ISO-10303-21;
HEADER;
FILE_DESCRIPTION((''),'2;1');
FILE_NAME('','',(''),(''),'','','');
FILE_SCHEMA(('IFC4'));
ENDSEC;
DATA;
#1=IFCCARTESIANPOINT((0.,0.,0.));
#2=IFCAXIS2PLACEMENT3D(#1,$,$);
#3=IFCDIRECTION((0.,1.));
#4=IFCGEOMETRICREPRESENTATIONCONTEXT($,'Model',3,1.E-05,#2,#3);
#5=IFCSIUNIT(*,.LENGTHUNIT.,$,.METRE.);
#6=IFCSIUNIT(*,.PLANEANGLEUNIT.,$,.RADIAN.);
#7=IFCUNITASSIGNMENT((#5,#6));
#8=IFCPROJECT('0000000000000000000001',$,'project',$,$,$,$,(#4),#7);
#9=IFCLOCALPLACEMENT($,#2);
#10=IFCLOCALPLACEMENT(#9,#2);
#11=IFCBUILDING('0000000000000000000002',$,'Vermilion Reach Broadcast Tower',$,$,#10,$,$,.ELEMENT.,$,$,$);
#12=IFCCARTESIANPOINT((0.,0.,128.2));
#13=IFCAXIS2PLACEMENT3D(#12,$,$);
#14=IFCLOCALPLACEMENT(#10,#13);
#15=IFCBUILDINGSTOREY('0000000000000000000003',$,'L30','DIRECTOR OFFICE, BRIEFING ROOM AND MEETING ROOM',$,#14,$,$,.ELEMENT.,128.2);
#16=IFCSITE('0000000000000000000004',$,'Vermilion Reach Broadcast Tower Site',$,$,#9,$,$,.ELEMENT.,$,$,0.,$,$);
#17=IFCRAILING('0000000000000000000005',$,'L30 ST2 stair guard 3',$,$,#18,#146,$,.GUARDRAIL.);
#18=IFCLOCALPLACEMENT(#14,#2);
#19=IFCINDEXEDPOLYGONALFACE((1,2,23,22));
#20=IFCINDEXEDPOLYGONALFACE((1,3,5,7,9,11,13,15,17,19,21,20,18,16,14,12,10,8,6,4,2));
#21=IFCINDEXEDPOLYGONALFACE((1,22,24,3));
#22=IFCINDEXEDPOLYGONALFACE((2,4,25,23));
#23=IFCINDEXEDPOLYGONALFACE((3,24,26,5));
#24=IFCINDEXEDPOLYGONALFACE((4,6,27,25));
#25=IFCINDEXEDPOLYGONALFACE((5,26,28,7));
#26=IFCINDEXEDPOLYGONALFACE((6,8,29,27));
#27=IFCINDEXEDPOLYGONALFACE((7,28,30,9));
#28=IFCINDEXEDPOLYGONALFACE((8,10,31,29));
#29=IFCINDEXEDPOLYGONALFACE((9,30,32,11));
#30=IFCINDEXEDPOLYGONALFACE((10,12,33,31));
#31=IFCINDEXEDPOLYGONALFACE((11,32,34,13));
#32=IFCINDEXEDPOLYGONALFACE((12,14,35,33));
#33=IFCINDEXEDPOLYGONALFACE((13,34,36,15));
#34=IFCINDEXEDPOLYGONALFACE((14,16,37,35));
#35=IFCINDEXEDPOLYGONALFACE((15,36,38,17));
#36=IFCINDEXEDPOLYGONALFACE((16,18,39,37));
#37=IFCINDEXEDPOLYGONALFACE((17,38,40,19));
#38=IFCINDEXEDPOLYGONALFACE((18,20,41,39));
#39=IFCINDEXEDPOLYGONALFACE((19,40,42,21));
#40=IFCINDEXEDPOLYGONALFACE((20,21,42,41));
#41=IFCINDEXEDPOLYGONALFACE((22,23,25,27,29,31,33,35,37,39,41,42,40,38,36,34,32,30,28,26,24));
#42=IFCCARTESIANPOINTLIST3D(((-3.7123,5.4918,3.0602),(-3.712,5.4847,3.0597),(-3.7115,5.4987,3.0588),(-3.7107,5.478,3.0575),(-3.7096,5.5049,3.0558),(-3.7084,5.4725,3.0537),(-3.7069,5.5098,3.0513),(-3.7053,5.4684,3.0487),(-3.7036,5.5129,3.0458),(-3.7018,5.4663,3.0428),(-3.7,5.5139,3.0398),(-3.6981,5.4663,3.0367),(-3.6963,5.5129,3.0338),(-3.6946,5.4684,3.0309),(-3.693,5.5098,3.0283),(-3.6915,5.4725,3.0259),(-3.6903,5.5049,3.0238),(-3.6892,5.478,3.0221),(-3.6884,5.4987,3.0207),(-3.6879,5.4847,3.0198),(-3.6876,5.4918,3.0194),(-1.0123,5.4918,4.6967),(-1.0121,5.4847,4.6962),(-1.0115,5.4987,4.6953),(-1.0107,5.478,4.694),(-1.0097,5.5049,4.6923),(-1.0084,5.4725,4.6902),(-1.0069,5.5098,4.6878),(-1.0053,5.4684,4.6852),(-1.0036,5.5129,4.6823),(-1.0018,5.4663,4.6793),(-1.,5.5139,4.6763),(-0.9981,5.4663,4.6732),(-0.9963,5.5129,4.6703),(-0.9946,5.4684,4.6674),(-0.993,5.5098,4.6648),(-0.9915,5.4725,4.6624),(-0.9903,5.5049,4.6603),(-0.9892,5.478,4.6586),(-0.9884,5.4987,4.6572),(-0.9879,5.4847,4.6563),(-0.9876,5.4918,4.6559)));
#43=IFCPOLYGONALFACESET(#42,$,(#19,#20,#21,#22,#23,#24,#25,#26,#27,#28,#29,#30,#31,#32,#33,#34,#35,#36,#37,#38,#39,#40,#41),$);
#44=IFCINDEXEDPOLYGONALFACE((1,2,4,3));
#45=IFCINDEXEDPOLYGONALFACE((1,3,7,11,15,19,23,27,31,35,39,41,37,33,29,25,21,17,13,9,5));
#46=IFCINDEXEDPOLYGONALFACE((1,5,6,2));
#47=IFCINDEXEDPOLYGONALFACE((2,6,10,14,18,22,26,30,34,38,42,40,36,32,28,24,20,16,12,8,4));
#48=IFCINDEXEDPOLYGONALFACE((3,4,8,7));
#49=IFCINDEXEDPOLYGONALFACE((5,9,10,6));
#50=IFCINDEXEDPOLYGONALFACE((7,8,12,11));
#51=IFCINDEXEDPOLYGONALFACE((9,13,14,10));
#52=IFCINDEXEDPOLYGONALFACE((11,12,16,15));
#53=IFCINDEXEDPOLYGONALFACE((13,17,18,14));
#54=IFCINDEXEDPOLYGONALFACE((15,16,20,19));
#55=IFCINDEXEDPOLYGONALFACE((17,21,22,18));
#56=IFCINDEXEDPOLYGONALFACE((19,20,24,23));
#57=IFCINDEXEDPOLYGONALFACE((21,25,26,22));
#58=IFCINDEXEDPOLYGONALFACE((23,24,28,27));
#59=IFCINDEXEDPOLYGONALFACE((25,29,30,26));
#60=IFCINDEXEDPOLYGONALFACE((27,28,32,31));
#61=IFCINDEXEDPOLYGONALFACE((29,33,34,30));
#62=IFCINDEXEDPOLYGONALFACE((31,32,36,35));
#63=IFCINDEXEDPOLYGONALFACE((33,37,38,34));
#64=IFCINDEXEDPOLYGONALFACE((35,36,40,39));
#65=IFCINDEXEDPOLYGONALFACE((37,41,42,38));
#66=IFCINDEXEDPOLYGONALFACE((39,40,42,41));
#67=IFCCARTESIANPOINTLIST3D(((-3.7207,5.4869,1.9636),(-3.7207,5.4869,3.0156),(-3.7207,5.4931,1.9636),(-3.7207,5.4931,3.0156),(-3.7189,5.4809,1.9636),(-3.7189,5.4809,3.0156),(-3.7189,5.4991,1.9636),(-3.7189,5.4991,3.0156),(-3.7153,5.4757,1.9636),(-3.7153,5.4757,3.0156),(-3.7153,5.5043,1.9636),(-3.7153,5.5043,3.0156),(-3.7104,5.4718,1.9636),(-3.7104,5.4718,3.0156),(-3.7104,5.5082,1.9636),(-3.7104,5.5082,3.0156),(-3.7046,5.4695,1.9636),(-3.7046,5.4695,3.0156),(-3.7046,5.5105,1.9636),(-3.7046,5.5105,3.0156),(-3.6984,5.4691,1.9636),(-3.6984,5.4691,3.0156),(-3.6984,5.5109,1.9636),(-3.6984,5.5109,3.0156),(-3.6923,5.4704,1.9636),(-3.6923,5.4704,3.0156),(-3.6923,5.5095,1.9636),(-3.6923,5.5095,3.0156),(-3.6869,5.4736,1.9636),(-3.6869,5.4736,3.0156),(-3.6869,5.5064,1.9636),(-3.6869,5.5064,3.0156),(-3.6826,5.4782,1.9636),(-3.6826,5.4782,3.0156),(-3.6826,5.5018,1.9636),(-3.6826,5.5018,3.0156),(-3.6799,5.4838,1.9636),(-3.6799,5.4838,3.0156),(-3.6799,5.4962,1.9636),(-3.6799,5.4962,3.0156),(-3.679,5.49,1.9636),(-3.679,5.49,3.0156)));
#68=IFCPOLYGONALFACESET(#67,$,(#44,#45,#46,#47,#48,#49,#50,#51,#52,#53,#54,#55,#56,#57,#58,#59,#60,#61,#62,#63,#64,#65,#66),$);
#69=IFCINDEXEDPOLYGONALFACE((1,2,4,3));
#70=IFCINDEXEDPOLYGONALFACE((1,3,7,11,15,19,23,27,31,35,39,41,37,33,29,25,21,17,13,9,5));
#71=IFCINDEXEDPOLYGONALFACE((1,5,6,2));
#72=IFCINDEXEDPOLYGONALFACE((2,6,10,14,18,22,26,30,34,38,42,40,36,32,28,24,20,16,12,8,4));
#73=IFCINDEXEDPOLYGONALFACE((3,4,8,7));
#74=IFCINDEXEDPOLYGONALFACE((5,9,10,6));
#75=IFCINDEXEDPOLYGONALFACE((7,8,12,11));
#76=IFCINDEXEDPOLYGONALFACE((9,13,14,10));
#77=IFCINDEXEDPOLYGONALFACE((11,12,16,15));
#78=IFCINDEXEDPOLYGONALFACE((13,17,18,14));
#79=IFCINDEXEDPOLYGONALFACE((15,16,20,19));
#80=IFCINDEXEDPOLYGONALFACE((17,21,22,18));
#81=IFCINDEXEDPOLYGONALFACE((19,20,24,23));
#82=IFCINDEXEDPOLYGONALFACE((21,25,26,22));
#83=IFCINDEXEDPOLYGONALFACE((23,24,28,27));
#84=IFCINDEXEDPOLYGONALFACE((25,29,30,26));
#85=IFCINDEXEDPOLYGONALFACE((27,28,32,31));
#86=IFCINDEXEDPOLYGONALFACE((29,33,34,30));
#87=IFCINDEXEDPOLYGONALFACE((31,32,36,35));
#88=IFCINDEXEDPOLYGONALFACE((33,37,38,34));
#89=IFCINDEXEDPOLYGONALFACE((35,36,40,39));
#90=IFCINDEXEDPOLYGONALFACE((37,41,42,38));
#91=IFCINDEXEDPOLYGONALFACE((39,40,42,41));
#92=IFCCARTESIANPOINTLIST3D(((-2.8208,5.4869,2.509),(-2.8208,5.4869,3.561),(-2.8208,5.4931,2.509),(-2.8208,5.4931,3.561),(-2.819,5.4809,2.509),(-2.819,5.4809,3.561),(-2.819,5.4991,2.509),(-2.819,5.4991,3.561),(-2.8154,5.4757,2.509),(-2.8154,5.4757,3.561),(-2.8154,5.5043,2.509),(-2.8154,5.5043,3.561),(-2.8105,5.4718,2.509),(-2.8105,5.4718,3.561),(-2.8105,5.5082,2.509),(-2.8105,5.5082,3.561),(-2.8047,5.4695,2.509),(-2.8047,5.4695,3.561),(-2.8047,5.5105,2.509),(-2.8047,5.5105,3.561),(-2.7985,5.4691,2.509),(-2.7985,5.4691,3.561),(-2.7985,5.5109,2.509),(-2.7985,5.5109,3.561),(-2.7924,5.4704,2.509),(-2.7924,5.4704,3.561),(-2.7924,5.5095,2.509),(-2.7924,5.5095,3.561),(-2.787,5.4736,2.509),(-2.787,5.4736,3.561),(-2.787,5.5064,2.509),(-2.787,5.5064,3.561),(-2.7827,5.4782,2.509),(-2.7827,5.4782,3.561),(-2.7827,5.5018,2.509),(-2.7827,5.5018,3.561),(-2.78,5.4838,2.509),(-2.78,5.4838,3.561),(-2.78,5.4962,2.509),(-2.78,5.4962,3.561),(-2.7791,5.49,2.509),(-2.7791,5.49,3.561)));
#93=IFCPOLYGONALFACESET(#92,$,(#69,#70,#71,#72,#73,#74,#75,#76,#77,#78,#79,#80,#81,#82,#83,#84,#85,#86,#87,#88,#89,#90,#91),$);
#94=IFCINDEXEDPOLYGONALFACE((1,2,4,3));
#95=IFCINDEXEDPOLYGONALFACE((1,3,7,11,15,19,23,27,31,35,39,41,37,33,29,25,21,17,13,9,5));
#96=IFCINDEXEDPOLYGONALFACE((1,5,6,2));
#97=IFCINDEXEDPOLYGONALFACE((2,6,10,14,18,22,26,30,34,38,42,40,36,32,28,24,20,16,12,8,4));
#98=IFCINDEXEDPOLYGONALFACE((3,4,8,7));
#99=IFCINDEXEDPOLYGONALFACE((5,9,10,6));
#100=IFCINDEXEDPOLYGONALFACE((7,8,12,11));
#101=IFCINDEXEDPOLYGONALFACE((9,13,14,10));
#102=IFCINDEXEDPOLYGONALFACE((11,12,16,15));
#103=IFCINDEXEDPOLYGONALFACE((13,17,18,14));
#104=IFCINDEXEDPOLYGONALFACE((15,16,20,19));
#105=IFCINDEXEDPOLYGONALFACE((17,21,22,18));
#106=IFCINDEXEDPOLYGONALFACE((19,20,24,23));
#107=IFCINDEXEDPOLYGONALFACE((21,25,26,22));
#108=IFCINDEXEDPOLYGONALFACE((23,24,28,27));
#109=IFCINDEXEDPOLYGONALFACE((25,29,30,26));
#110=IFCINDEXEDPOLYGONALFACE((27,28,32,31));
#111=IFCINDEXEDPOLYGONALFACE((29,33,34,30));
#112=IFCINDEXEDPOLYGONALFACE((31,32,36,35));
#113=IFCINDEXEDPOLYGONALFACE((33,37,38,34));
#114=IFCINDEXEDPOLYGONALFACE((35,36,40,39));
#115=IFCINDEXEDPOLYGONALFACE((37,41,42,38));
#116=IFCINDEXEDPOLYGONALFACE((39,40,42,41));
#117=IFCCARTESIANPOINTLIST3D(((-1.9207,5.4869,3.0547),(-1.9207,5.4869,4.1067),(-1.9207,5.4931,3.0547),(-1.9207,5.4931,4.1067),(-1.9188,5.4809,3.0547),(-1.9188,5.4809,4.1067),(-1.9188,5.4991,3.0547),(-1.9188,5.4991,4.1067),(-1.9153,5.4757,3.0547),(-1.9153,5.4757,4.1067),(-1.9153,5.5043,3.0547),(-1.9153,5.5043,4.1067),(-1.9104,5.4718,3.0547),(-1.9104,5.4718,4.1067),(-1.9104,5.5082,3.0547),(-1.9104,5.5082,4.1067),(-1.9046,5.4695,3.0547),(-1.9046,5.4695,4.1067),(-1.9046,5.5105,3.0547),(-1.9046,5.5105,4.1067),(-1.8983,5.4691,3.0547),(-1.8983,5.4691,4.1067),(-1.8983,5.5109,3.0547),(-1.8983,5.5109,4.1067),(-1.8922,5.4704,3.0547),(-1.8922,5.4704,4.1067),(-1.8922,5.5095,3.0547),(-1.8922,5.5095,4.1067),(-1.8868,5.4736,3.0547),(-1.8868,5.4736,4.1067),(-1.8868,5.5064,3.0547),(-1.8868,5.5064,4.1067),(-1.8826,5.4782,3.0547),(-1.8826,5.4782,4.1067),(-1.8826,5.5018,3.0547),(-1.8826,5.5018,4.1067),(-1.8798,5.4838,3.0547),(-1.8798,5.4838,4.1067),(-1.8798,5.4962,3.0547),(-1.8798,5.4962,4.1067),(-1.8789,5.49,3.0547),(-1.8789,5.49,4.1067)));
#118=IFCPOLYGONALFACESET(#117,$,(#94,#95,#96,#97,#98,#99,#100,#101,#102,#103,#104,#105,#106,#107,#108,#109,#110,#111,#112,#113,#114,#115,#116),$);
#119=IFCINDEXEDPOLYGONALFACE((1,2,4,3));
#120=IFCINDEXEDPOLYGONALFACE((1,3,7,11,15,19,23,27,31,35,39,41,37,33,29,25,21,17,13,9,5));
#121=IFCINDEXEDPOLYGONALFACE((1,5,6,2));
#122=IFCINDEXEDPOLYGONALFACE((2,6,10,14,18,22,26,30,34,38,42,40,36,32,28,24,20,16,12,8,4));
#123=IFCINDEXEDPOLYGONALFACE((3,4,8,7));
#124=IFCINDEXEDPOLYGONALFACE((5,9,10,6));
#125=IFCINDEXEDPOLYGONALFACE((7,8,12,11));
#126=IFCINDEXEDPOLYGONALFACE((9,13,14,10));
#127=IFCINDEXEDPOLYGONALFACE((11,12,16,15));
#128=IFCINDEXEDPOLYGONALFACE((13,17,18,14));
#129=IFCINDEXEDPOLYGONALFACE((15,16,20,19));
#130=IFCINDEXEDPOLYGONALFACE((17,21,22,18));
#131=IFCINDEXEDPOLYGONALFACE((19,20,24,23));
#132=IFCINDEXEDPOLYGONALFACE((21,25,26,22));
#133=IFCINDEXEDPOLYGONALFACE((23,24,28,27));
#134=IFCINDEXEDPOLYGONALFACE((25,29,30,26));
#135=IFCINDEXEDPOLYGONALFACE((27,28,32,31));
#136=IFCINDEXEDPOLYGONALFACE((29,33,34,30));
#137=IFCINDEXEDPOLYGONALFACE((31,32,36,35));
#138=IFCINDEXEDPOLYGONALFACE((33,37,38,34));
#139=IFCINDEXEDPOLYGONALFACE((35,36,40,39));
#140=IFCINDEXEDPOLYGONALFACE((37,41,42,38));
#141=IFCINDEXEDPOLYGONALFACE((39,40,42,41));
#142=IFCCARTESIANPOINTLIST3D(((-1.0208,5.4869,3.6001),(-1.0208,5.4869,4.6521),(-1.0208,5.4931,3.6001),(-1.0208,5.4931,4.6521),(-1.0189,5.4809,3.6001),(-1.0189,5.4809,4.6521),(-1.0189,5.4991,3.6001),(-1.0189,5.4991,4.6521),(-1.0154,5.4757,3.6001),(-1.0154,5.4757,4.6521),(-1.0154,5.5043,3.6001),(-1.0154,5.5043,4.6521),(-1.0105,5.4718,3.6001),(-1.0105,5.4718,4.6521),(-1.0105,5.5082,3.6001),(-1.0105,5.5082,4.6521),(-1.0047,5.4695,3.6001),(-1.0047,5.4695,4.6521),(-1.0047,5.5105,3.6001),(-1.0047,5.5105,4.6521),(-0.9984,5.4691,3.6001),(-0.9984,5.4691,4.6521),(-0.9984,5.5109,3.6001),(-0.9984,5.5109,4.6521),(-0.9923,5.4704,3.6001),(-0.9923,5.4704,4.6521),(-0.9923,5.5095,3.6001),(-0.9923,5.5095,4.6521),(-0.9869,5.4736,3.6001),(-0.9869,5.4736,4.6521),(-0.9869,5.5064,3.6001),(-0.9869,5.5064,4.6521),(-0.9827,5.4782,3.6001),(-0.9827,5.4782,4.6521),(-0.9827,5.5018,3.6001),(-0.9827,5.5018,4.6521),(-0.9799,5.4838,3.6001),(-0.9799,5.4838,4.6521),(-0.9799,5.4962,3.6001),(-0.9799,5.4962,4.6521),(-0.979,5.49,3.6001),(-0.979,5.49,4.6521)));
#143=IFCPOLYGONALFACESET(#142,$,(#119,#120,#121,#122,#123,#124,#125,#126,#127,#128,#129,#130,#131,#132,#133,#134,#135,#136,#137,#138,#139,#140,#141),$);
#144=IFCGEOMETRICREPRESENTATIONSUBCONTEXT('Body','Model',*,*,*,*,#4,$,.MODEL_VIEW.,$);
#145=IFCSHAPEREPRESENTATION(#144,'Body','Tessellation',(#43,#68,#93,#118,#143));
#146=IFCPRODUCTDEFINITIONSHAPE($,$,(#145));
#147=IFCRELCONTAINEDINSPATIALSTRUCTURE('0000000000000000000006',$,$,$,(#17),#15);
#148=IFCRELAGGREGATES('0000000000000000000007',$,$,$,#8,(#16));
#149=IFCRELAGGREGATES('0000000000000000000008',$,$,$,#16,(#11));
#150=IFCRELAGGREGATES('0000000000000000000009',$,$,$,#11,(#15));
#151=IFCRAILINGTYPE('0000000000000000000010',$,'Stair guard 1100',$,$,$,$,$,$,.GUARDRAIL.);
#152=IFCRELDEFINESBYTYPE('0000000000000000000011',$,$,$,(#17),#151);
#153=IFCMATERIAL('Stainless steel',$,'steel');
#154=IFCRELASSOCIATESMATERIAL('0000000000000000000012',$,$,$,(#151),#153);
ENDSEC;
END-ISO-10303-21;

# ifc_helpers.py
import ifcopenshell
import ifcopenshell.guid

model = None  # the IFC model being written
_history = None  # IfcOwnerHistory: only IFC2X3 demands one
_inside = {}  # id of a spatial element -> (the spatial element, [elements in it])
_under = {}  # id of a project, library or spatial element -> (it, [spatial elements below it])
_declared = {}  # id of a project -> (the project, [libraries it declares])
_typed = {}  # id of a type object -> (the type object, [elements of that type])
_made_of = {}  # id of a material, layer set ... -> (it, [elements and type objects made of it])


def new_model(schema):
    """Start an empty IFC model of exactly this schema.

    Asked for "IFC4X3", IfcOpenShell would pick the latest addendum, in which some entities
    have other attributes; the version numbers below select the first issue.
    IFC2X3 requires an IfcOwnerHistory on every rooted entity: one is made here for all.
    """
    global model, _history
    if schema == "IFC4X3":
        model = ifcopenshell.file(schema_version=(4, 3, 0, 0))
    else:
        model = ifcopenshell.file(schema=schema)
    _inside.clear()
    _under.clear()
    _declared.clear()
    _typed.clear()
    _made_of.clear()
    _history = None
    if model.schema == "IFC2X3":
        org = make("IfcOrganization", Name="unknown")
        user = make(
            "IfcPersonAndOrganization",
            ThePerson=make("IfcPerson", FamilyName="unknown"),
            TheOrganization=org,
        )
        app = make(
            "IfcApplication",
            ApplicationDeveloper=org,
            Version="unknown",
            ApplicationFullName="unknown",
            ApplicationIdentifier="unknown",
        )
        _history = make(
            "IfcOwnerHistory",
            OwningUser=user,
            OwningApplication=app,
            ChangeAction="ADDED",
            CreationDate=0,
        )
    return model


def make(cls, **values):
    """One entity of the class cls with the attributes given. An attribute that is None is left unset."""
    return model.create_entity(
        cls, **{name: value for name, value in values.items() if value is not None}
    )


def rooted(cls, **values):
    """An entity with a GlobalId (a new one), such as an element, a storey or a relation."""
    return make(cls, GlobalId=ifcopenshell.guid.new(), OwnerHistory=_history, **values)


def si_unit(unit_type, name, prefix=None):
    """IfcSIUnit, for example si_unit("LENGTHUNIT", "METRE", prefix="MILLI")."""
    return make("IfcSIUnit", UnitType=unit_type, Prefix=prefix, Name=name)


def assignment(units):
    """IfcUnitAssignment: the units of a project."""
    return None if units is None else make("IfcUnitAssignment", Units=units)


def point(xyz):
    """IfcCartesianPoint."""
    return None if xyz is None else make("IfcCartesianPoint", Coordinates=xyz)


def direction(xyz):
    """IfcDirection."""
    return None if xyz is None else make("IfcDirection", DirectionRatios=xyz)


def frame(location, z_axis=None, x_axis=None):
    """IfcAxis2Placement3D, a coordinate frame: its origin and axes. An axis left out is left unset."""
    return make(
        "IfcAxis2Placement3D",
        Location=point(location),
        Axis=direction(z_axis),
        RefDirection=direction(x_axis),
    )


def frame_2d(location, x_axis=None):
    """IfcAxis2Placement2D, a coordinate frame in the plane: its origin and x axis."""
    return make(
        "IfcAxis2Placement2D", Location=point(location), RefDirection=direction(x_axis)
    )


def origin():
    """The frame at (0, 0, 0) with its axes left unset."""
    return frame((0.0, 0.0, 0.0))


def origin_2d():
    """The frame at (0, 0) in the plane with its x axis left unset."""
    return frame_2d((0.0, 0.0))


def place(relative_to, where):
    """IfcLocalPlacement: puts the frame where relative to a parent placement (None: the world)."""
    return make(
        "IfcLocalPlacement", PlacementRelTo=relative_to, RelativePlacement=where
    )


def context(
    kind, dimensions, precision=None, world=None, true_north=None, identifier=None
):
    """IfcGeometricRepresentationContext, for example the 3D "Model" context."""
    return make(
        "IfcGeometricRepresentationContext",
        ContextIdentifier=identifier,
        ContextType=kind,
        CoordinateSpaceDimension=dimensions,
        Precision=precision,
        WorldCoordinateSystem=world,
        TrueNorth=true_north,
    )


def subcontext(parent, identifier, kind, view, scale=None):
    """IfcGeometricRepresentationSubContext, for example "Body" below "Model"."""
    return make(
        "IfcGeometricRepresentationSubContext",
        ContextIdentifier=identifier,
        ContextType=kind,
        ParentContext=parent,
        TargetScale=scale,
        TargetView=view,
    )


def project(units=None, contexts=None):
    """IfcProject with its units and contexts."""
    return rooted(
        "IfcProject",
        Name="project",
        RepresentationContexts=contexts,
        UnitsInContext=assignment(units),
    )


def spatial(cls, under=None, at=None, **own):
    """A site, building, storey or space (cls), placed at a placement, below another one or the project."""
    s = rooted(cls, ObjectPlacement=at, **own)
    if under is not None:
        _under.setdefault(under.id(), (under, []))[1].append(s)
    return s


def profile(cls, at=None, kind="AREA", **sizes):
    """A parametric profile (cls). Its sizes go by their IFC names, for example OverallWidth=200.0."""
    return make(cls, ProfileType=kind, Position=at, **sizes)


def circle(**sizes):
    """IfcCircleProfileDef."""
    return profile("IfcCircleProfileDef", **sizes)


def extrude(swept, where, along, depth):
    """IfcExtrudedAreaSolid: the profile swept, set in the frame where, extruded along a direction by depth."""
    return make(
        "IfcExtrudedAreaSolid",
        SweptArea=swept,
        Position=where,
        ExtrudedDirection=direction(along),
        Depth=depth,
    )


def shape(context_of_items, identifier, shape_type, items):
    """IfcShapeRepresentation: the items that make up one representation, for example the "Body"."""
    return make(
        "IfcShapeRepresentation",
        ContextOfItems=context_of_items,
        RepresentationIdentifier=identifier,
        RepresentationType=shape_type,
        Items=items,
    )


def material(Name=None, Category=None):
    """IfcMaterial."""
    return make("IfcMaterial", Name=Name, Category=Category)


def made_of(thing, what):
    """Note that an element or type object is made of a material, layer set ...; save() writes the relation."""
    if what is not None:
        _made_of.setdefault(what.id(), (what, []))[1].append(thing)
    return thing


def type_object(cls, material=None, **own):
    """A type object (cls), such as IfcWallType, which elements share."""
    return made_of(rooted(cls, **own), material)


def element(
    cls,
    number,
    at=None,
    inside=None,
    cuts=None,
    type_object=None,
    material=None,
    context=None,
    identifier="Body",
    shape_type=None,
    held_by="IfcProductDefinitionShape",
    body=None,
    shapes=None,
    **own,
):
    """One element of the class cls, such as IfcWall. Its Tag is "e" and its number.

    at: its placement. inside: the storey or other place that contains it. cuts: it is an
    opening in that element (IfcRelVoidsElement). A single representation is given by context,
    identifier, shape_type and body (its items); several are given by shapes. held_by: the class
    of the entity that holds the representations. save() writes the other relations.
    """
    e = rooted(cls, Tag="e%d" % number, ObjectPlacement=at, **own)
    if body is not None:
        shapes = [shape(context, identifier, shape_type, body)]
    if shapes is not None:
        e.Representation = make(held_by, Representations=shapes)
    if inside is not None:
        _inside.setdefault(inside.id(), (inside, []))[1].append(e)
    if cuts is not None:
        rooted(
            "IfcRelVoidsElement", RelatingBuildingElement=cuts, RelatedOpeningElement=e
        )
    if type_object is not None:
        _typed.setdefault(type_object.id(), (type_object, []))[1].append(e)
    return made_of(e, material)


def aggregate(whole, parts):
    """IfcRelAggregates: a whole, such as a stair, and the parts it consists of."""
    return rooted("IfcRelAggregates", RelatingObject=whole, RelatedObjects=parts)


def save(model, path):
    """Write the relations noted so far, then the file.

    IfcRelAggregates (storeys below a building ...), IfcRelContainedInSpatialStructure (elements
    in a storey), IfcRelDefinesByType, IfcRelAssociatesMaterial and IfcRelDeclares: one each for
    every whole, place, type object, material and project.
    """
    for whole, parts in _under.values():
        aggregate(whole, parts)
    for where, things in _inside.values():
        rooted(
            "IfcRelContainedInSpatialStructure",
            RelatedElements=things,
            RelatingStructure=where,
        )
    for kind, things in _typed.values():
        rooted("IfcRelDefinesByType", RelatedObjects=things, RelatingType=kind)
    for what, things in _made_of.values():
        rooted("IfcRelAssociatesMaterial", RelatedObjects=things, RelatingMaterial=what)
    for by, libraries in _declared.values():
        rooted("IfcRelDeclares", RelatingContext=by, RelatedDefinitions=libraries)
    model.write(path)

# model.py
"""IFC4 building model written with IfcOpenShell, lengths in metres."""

from ifc_helpers import new_model, si_unit, direction, frame, origin, origin_2d, place, context, subcontext, project, spatial, circle, extrude, material, type_object, element, save


model = new_model("IFC4")

# Units and contexts
model_context = context("Model", 3, precision=1e-05, world=origin(), true_north=direction((0.0, 1.0)))
body_context = subcontext(model_context, "Body", "Model", "MODEL_VIEW")
ifc_project = project(units=[si_unit("LENGTHUNIT", "METRE"), si_unit("PLANEANGLEUNIT", "RADIAN")], contexts=[model_context])

# Site, building, storey
site_placement = place(None, origin())
site = spatial("IfcSite", under=ifc_project, at=site_placement, Name="Vermilion Reach Broadcast Tower Site", CompositionType="ELEMENT", RefElevation=0.0)
building_placement = place(site_placement, origin())
building = spatial("IfcBuilding", under=site, at=building_placement, Name="Vermilion Reach Broadcast Tower", CompositionType="ELEMENT")
storey_placement = place(building_placement, frame((0.0, 0.0, 128.2)))
storey = spatial("IfcBuildingStorey", under=building, at=storey_placement, Name="L30", Description="DIRECTOR OFFICE, BRIEFING ROOM AND MEETING ROOM", CompositionType="ELEMENT", Elevation=128.2)

# Railing
ifc_material_1 = material(Name="Stainless steel", Category="steel")
railing_type_1 = type_object("IfcRailingType", Name="Stair guard 1100", PredefinedType="GUARDRAIL", material=ifc_material_1)
railing_1_placement = place(storey_placement, frame((-3.7, 5.49, 1.9636)))
element("IfcRailing", 1, at=railing_1_placement, inside=storey, type_object=railing_type_1, Name="L30 ST2 stair guard 3", PredefinedType="GUARDRAIL", context=body_context, shape_type="SweptSolid", body=[
    extrude(circle(Radius=0.0239, at=origin_2d()), frame((0.0, 0.0, 1.0762), z_axis=(0.855178, 0.0, 0.518334), x_axis=(0.0, 1.0, 0.0)), (0.0, 0.0, 1.0), 3.1572),
    extrude(circle(Radius=0.021, at=origin_2d()), origin(), (0.0, 0.0, 1.0), 1.052),
    extrude(circle(Radius=0.021, at=origin_2d()), frame((0.8999, 0.0, 0.5454)), (0.0, 0.0, 1.0), 1.052),
    extrude(circle(Radius=0.021, at=origin_2d()), frame((1.8, 0.0, 1.0911)), (0.0, 0.0, 1.0), 1.052),
    extrude(circle(Radius=0.021, at=origin_2d()), frame((2.7, 0.0, 1.6365)), (0.0, 0.0, 1.0), 1.052),
])

save(model, "model.ifc")
